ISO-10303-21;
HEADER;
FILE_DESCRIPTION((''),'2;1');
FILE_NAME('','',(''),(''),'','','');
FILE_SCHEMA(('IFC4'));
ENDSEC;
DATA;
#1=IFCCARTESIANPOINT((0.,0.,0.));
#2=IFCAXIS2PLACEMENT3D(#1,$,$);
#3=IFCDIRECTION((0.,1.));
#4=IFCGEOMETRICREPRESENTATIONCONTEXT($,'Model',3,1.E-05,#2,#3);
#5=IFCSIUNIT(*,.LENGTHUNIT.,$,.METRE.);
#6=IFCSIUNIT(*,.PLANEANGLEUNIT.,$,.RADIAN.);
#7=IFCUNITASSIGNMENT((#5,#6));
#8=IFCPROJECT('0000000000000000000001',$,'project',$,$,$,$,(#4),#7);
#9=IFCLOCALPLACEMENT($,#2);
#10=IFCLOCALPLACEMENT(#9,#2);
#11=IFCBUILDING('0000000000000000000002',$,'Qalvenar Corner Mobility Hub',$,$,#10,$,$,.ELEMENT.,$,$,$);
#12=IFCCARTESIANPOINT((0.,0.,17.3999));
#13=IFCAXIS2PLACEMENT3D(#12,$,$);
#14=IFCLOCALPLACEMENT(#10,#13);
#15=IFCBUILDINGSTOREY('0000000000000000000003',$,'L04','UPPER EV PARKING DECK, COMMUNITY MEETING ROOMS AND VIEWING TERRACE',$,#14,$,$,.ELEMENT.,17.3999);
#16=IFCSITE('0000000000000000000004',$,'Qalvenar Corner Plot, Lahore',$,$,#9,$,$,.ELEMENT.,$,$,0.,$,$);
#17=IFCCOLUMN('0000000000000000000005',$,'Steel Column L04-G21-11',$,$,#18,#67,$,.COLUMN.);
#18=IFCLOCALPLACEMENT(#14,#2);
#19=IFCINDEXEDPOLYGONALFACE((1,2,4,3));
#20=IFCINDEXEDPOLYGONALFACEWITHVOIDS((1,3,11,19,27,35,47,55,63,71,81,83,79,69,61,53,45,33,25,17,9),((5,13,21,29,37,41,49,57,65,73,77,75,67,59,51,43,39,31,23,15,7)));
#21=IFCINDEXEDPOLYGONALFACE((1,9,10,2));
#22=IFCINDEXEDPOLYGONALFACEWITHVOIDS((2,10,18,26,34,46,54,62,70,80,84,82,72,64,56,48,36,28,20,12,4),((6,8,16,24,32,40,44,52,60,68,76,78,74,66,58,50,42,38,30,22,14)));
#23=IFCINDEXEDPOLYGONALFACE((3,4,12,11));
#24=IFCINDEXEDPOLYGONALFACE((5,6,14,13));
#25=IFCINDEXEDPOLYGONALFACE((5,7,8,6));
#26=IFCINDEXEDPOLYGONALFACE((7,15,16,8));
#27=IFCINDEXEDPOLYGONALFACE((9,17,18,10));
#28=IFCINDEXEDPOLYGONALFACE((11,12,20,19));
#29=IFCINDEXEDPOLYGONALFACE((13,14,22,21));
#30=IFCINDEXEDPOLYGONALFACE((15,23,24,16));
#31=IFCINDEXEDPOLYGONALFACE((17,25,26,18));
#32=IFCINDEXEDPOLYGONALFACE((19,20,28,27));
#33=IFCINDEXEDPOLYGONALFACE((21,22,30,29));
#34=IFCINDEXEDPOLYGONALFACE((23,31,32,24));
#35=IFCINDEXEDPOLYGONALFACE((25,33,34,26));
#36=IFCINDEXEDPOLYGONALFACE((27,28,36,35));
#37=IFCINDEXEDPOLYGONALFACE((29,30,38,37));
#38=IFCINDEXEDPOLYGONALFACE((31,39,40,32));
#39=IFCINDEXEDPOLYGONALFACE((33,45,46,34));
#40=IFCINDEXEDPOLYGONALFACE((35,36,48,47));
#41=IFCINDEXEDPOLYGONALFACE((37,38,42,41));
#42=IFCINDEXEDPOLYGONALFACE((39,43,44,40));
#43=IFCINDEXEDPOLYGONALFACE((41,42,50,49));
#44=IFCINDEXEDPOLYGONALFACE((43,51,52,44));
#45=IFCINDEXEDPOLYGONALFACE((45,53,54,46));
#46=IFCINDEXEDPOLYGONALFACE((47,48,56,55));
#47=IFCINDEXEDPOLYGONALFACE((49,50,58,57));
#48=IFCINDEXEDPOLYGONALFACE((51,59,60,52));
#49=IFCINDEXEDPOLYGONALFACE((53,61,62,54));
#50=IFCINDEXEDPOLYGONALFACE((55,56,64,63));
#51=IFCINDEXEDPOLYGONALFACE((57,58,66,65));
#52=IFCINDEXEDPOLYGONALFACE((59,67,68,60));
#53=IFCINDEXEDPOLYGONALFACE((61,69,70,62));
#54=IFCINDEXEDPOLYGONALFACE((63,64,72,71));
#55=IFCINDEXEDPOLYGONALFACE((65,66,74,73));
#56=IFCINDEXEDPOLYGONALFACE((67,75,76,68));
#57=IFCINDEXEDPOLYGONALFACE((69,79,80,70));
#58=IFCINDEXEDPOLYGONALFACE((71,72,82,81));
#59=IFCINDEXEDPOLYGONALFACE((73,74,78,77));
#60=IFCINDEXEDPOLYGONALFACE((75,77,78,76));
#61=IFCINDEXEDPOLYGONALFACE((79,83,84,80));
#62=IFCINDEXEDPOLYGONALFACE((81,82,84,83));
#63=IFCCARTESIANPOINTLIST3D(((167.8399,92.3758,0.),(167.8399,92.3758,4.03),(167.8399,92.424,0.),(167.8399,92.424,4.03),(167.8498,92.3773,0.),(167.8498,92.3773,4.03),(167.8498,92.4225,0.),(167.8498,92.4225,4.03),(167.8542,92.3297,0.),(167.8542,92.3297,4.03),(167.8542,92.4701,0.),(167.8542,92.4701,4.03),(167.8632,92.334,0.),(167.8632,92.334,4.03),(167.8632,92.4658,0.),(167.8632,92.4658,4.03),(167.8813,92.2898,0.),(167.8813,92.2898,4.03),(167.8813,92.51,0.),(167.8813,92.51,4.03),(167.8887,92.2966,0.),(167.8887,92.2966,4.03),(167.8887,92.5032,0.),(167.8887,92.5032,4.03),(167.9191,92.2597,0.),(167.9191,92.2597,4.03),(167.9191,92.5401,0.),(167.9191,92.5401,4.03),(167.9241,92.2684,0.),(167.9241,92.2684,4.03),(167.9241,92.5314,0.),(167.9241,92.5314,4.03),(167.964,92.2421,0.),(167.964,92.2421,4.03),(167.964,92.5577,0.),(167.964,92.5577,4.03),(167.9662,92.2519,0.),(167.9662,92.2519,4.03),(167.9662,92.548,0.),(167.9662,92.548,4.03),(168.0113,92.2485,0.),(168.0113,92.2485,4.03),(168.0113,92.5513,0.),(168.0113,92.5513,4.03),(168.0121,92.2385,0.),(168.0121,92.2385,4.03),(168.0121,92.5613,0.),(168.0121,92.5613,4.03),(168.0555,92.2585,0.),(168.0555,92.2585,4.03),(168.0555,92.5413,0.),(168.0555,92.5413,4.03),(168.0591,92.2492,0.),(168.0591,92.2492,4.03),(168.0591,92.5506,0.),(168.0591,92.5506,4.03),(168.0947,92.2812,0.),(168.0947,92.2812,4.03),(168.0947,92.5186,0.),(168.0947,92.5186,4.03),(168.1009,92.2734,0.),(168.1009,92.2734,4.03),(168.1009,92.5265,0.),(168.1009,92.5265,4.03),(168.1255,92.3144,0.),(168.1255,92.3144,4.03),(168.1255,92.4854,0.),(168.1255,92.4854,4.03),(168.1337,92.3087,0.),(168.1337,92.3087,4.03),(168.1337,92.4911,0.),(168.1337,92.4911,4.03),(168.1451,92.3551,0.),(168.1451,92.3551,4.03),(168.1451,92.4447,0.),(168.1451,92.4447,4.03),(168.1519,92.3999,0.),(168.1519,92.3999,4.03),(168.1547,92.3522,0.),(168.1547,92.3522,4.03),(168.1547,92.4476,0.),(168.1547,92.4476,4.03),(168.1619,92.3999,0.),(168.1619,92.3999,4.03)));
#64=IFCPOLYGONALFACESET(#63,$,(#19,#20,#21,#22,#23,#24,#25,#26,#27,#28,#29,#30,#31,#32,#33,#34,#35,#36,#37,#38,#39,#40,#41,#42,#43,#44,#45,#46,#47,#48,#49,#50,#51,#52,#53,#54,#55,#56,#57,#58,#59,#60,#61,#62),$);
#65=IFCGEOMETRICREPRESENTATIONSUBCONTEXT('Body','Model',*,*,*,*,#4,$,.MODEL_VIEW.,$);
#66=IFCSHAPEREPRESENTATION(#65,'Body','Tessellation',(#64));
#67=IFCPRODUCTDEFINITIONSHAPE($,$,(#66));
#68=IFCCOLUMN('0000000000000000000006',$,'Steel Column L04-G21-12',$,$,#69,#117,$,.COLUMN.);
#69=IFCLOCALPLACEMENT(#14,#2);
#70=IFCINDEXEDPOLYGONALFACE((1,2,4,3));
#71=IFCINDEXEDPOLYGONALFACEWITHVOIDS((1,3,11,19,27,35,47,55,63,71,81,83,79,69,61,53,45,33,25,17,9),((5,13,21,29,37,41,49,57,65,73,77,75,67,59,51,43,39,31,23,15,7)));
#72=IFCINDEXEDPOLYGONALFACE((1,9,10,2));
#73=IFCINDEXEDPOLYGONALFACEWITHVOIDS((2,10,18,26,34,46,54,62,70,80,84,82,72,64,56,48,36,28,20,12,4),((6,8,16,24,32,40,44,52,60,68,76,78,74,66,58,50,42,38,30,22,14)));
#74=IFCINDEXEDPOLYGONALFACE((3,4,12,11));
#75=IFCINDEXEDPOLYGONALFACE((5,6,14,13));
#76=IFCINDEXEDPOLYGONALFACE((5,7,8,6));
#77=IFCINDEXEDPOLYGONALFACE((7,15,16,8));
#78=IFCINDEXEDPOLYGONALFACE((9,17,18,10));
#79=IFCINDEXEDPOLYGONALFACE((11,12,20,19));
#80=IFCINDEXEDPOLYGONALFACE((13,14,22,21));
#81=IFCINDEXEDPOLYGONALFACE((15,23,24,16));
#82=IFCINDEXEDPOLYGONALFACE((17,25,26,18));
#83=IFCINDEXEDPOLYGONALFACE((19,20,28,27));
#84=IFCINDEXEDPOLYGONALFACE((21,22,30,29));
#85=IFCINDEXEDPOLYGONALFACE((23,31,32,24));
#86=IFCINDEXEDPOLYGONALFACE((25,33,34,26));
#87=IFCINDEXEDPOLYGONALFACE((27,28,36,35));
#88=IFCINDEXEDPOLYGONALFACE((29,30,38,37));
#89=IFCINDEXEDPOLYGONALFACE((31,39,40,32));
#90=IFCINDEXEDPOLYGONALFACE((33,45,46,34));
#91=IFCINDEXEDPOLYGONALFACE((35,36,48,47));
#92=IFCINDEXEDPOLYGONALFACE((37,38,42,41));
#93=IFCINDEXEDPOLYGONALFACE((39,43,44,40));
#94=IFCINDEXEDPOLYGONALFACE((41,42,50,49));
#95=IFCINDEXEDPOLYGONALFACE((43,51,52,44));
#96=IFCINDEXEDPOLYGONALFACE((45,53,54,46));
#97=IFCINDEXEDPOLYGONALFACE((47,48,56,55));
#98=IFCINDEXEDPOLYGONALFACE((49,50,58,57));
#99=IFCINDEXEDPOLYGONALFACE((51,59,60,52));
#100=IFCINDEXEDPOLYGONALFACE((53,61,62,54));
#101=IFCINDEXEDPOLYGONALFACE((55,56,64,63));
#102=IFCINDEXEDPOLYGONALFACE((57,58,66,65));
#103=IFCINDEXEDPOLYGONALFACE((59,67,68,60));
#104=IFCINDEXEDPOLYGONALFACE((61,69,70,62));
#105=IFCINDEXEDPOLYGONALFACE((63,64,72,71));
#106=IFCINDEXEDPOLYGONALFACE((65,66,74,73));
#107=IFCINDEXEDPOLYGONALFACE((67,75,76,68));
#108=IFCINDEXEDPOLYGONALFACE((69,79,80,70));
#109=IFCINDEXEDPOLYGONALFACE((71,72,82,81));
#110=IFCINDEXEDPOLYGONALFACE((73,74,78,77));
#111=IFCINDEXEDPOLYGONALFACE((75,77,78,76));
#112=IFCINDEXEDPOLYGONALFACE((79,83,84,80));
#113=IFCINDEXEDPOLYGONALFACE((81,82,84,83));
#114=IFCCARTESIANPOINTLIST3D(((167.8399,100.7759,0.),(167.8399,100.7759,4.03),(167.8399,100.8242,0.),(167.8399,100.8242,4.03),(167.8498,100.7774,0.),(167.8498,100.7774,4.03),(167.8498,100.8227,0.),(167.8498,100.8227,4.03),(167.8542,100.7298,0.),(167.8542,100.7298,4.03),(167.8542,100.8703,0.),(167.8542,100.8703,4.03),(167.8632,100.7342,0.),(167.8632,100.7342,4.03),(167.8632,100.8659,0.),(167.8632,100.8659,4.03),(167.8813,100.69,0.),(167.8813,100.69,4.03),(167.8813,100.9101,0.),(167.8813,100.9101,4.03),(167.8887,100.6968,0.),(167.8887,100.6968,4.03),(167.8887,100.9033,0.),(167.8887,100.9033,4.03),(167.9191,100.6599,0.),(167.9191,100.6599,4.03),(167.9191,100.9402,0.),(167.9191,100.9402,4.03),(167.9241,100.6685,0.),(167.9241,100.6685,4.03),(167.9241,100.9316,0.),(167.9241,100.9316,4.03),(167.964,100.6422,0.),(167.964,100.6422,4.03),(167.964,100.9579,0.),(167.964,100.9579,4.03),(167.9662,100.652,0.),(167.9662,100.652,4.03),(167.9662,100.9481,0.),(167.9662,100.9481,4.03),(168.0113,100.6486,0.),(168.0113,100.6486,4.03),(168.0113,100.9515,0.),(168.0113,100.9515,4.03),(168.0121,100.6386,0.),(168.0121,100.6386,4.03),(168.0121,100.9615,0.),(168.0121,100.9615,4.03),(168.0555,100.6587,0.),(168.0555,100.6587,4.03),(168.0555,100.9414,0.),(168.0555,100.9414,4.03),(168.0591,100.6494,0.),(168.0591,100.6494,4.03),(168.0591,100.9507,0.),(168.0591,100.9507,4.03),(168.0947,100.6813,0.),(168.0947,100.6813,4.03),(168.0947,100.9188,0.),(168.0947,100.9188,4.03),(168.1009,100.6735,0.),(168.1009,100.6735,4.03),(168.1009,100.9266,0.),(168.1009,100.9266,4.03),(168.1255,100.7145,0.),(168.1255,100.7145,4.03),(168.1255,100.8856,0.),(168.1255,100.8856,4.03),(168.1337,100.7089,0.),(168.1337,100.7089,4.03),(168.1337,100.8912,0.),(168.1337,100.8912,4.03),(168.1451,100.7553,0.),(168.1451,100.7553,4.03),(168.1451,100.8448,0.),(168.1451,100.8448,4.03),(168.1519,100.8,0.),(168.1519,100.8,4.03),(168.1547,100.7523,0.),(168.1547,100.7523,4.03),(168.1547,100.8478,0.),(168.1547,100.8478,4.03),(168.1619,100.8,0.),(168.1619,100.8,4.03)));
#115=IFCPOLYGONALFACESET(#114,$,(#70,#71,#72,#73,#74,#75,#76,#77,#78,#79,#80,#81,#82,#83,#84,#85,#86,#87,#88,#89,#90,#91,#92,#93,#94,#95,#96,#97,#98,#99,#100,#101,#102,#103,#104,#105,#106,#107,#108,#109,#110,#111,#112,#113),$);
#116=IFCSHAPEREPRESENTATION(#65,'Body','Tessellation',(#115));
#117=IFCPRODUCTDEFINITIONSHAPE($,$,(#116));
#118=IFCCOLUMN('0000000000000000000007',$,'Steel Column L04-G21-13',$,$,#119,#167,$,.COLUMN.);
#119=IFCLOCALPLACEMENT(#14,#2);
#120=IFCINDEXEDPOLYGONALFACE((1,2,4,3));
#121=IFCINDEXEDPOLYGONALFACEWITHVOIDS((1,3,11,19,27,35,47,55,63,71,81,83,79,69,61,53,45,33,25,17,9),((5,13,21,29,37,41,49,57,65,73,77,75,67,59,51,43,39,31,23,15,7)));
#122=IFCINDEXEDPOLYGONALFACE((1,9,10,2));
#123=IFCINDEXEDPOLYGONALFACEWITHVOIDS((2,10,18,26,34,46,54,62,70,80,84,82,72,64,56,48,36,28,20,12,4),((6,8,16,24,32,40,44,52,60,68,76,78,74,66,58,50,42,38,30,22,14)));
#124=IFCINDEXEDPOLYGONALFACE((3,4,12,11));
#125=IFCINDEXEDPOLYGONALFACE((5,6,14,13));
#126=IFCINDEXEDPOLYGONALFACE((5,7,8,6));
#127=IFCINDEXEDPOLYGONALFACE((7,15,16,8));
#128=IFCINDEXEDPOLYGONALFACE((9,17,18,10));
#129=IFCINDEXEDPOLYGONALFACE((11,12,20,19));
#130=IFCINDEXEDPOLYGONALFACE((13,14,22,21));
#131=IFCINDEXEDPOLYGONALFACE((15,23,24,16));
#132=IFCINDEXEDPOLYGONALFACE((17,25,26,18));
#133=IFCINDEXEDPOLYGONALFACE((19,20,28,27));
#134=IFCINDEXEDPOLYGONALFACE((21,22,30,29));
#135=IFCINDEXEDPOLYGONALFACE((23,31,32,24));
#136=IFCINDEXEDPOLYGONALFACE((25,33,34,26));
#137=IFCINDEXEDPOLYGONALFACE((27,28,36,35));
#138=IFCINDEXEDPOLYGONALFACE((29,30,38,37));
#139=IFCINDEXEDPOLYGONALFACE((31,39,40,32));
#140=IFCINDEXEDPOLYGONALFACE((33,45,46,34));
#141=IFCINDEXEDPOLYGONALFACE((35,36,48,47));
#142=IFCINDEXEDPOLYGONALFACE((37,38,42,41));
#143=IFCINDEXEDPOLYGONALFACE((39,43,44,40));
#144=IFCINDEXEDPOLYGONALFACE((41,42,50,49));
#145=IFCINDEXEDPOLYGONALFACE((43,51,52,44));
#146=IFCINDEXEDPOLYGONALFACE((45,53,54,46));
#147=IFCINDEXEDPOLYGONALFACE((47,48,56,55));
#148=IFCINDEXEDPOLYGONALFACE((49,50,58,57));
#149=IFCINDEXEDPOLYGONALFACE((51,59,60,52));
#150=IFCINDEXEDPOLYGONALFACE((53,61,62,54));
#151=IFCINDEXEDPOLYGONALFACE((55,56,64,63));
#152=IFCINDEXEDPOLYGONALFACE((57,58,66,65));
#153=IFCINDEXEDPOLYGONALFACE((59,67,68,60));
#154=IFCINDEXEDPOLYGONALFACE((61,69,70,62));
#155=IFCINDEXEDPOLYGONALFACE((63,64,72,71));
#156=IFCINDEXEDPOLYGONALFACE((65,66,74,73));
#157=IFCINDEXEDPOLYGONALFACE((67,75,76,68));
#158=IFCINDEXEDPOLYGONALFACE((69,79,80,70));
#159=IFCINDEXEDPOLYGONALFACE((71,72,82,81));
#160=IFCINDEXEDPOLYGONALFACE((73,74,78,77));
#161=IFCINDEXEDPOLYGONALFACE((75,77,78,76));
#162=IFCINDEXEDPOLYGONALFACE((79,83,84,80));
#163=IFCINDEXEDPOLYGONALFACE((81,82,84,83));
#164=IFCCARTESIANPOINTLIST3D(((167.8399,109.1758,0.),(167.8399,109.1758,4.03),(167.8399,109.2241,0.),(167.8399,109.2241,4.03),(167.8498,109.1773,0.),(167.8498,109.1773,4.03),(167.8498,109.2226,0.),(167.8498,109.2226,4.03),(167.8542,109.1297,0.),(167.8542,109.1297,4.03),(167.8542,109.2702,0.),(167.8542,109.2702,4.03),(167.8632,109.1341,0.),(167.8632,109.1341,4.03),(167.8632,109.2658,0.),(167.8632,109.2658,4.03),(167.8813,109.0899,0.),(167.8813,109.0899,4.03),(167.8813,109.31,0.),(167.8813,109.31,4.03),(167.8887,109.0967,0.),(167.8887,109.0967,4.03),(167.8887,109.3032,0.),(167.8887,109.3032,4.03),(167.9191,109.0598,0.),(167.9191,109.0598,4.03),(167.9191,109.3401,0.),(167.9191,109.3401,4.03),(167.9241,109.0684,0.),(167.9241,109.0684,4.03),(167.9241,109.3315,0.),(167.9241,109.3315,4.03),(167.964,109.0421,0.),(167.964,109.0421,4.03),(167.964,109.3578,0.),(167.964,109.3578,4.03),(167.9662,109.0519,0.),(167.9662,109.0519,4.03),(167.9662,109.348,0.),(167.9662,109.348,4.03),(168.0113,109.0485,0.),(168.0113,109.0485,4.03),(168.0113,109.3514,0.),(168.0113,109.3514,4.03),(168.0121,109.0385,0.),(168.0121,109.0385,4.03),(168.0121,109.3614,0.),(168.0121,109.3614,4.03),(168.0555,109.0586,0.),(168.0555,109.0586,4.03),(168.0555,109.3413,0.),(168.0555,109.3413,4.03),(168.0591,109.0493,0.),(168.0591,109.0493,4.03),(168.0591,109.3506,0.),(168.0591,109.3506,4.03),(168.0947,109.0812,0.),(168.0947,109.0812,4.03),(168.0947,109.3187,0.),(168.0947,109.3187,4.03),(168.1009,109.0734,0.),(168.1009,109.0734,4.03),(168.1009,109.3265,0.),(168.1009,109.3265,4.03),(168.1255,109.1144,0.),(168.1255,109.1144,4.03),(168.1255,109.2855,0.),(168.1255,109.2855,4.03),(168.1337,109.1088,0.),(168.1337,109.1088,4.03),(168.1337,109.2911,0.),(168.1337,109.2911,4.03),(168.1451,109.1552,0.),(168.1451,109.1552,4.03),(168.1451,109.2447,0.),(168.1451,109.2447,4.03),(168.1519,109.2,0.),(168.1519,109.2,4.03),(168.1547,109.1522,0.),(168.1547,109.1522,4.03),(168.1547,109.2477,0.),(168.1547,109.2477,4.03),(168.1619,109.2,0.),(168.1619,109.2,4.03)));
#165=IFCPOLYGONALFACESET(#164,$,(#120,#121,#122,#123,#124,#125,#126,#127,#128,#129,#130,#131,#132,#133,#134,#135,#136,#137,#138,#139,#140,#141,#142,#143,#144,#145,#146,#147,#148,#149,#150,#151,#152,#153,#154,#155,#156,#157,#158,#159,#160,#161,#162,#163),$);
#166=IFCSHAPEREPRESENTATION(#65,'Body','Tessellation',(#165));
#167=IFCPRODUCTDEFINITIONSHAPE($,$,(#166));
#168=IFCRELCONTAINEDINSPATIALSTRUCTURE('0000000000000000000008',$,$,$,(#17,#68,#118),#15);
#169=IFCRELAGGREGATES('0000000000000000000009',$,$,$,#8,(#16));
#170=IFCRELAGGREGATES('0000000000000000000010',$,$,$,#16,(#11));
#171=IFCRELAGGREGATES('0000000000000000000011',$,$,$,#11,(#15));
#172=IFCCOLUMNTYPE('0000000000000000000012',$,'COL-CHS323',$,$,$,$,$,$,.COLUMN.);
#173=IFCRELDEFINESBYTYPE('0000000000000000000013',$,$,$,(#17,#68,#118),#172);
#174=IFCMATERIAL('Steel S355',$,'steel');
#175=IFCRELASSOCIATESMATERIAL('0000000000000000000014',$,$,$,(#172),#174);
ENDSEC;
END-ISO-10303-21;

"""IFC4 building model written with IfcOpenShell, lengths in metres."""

from ifc_helpers import new_model, si_unit, direction, frame, origin, origin_2d, place, context, subcontext, project, spatial, hollow_circle, extrude, material, material_profile, profile_set, type_object, element, save


model = new_model("IFC4")

# Units and contexts
model_context = context("Model", 3, precision=1e-05, world=origin(), true_north=direction((0.0, 1.0)))
body_context = subcontext(model_context, "Body", "Model", "MODEL_VIEW")
ifc_project = project(units=[si_unit("LENGTHUNIT", "METRE"), si_unit("PLANEANGLEUNIT", "RADIAN")], contexts=[model_context])

# Site, building, storey
site_placement = place(None, origin())
site = spatial("IfcSite", under=ifc_project, at=site_placement, Name="Qalvenar Corner Plot, Lahore", CompositionType="ELEMENT", RefElevation=0.0)
building_placement = place(site_placement, origin())
building = spatial("IfcBuilding", under=site, at=building_placement, Name="Qalvenar Corner Mobility Hub", CompositionType="ELEMENT")
storey_placement = place(building_placement, frame((0.0, 0.0, 17.3999)))
storey = spatial("IfcBuildingStorey", under=building, at=storey_placement, Name="L04", Description="UPPER EV PARKING DECK, COMMUNITY MEETING ROOMS AND VIEWING TERRACE", CompositionType="ELEMENT", Elevation=17.3999)

# Columns
ifc_material_1 = material(Name="Steel S355", Category="steel")
ifc_material_profile_1 = material_profile(ifc_material_1, hollow_circle(Radius=0.1619, WallThickness=0.01, at=origin_2d()), Name="CHS323.9x10")
ifc_profile_set_1 = profile_set([ifc_material_profile_1], Name="Steel S355")
column_type = type_object("IfcColumnType", Name="COL-CHS323", PredefinedType="COLUMN", material=ifc_profile_set_1)
for number, where, z_axis, x_axis, name in (
    (1, (168.0, 92.3999, 0.0), (0.0, 0.0, 1.0), (1.0, 0.0, 0.0), "Steel Column L04-G21-11"),
    (2, (168.0, 100.8, 0.0), (0.0, 0.0, 1.0), (1.0, 0.0, 0.0), "Steel Column L04-G21-12"),
    (3, (168.0, 109.2, 0.0), (0.0, 0.0, 1.0), (1.0, 0.0, 0.0), "Steel Column L04-G21-13"),
):
    element("IfcColumn", number, at=place(storey_placement, frame(where, z_axis=z_axis, x_axis=x_axis)), inside=storey, type_object=column_type, Name=name, PredefinedType="COLUMN", context=body_context, shape_type="SweptSolid", body=[
        extrude(hollow_circle(Radius=0.1619, WallThickness=0.01, at=origin_2d()), origin(), (0.0, 0.0, 1.0), 4.03),
    ])

save(model, "model.ifc")
